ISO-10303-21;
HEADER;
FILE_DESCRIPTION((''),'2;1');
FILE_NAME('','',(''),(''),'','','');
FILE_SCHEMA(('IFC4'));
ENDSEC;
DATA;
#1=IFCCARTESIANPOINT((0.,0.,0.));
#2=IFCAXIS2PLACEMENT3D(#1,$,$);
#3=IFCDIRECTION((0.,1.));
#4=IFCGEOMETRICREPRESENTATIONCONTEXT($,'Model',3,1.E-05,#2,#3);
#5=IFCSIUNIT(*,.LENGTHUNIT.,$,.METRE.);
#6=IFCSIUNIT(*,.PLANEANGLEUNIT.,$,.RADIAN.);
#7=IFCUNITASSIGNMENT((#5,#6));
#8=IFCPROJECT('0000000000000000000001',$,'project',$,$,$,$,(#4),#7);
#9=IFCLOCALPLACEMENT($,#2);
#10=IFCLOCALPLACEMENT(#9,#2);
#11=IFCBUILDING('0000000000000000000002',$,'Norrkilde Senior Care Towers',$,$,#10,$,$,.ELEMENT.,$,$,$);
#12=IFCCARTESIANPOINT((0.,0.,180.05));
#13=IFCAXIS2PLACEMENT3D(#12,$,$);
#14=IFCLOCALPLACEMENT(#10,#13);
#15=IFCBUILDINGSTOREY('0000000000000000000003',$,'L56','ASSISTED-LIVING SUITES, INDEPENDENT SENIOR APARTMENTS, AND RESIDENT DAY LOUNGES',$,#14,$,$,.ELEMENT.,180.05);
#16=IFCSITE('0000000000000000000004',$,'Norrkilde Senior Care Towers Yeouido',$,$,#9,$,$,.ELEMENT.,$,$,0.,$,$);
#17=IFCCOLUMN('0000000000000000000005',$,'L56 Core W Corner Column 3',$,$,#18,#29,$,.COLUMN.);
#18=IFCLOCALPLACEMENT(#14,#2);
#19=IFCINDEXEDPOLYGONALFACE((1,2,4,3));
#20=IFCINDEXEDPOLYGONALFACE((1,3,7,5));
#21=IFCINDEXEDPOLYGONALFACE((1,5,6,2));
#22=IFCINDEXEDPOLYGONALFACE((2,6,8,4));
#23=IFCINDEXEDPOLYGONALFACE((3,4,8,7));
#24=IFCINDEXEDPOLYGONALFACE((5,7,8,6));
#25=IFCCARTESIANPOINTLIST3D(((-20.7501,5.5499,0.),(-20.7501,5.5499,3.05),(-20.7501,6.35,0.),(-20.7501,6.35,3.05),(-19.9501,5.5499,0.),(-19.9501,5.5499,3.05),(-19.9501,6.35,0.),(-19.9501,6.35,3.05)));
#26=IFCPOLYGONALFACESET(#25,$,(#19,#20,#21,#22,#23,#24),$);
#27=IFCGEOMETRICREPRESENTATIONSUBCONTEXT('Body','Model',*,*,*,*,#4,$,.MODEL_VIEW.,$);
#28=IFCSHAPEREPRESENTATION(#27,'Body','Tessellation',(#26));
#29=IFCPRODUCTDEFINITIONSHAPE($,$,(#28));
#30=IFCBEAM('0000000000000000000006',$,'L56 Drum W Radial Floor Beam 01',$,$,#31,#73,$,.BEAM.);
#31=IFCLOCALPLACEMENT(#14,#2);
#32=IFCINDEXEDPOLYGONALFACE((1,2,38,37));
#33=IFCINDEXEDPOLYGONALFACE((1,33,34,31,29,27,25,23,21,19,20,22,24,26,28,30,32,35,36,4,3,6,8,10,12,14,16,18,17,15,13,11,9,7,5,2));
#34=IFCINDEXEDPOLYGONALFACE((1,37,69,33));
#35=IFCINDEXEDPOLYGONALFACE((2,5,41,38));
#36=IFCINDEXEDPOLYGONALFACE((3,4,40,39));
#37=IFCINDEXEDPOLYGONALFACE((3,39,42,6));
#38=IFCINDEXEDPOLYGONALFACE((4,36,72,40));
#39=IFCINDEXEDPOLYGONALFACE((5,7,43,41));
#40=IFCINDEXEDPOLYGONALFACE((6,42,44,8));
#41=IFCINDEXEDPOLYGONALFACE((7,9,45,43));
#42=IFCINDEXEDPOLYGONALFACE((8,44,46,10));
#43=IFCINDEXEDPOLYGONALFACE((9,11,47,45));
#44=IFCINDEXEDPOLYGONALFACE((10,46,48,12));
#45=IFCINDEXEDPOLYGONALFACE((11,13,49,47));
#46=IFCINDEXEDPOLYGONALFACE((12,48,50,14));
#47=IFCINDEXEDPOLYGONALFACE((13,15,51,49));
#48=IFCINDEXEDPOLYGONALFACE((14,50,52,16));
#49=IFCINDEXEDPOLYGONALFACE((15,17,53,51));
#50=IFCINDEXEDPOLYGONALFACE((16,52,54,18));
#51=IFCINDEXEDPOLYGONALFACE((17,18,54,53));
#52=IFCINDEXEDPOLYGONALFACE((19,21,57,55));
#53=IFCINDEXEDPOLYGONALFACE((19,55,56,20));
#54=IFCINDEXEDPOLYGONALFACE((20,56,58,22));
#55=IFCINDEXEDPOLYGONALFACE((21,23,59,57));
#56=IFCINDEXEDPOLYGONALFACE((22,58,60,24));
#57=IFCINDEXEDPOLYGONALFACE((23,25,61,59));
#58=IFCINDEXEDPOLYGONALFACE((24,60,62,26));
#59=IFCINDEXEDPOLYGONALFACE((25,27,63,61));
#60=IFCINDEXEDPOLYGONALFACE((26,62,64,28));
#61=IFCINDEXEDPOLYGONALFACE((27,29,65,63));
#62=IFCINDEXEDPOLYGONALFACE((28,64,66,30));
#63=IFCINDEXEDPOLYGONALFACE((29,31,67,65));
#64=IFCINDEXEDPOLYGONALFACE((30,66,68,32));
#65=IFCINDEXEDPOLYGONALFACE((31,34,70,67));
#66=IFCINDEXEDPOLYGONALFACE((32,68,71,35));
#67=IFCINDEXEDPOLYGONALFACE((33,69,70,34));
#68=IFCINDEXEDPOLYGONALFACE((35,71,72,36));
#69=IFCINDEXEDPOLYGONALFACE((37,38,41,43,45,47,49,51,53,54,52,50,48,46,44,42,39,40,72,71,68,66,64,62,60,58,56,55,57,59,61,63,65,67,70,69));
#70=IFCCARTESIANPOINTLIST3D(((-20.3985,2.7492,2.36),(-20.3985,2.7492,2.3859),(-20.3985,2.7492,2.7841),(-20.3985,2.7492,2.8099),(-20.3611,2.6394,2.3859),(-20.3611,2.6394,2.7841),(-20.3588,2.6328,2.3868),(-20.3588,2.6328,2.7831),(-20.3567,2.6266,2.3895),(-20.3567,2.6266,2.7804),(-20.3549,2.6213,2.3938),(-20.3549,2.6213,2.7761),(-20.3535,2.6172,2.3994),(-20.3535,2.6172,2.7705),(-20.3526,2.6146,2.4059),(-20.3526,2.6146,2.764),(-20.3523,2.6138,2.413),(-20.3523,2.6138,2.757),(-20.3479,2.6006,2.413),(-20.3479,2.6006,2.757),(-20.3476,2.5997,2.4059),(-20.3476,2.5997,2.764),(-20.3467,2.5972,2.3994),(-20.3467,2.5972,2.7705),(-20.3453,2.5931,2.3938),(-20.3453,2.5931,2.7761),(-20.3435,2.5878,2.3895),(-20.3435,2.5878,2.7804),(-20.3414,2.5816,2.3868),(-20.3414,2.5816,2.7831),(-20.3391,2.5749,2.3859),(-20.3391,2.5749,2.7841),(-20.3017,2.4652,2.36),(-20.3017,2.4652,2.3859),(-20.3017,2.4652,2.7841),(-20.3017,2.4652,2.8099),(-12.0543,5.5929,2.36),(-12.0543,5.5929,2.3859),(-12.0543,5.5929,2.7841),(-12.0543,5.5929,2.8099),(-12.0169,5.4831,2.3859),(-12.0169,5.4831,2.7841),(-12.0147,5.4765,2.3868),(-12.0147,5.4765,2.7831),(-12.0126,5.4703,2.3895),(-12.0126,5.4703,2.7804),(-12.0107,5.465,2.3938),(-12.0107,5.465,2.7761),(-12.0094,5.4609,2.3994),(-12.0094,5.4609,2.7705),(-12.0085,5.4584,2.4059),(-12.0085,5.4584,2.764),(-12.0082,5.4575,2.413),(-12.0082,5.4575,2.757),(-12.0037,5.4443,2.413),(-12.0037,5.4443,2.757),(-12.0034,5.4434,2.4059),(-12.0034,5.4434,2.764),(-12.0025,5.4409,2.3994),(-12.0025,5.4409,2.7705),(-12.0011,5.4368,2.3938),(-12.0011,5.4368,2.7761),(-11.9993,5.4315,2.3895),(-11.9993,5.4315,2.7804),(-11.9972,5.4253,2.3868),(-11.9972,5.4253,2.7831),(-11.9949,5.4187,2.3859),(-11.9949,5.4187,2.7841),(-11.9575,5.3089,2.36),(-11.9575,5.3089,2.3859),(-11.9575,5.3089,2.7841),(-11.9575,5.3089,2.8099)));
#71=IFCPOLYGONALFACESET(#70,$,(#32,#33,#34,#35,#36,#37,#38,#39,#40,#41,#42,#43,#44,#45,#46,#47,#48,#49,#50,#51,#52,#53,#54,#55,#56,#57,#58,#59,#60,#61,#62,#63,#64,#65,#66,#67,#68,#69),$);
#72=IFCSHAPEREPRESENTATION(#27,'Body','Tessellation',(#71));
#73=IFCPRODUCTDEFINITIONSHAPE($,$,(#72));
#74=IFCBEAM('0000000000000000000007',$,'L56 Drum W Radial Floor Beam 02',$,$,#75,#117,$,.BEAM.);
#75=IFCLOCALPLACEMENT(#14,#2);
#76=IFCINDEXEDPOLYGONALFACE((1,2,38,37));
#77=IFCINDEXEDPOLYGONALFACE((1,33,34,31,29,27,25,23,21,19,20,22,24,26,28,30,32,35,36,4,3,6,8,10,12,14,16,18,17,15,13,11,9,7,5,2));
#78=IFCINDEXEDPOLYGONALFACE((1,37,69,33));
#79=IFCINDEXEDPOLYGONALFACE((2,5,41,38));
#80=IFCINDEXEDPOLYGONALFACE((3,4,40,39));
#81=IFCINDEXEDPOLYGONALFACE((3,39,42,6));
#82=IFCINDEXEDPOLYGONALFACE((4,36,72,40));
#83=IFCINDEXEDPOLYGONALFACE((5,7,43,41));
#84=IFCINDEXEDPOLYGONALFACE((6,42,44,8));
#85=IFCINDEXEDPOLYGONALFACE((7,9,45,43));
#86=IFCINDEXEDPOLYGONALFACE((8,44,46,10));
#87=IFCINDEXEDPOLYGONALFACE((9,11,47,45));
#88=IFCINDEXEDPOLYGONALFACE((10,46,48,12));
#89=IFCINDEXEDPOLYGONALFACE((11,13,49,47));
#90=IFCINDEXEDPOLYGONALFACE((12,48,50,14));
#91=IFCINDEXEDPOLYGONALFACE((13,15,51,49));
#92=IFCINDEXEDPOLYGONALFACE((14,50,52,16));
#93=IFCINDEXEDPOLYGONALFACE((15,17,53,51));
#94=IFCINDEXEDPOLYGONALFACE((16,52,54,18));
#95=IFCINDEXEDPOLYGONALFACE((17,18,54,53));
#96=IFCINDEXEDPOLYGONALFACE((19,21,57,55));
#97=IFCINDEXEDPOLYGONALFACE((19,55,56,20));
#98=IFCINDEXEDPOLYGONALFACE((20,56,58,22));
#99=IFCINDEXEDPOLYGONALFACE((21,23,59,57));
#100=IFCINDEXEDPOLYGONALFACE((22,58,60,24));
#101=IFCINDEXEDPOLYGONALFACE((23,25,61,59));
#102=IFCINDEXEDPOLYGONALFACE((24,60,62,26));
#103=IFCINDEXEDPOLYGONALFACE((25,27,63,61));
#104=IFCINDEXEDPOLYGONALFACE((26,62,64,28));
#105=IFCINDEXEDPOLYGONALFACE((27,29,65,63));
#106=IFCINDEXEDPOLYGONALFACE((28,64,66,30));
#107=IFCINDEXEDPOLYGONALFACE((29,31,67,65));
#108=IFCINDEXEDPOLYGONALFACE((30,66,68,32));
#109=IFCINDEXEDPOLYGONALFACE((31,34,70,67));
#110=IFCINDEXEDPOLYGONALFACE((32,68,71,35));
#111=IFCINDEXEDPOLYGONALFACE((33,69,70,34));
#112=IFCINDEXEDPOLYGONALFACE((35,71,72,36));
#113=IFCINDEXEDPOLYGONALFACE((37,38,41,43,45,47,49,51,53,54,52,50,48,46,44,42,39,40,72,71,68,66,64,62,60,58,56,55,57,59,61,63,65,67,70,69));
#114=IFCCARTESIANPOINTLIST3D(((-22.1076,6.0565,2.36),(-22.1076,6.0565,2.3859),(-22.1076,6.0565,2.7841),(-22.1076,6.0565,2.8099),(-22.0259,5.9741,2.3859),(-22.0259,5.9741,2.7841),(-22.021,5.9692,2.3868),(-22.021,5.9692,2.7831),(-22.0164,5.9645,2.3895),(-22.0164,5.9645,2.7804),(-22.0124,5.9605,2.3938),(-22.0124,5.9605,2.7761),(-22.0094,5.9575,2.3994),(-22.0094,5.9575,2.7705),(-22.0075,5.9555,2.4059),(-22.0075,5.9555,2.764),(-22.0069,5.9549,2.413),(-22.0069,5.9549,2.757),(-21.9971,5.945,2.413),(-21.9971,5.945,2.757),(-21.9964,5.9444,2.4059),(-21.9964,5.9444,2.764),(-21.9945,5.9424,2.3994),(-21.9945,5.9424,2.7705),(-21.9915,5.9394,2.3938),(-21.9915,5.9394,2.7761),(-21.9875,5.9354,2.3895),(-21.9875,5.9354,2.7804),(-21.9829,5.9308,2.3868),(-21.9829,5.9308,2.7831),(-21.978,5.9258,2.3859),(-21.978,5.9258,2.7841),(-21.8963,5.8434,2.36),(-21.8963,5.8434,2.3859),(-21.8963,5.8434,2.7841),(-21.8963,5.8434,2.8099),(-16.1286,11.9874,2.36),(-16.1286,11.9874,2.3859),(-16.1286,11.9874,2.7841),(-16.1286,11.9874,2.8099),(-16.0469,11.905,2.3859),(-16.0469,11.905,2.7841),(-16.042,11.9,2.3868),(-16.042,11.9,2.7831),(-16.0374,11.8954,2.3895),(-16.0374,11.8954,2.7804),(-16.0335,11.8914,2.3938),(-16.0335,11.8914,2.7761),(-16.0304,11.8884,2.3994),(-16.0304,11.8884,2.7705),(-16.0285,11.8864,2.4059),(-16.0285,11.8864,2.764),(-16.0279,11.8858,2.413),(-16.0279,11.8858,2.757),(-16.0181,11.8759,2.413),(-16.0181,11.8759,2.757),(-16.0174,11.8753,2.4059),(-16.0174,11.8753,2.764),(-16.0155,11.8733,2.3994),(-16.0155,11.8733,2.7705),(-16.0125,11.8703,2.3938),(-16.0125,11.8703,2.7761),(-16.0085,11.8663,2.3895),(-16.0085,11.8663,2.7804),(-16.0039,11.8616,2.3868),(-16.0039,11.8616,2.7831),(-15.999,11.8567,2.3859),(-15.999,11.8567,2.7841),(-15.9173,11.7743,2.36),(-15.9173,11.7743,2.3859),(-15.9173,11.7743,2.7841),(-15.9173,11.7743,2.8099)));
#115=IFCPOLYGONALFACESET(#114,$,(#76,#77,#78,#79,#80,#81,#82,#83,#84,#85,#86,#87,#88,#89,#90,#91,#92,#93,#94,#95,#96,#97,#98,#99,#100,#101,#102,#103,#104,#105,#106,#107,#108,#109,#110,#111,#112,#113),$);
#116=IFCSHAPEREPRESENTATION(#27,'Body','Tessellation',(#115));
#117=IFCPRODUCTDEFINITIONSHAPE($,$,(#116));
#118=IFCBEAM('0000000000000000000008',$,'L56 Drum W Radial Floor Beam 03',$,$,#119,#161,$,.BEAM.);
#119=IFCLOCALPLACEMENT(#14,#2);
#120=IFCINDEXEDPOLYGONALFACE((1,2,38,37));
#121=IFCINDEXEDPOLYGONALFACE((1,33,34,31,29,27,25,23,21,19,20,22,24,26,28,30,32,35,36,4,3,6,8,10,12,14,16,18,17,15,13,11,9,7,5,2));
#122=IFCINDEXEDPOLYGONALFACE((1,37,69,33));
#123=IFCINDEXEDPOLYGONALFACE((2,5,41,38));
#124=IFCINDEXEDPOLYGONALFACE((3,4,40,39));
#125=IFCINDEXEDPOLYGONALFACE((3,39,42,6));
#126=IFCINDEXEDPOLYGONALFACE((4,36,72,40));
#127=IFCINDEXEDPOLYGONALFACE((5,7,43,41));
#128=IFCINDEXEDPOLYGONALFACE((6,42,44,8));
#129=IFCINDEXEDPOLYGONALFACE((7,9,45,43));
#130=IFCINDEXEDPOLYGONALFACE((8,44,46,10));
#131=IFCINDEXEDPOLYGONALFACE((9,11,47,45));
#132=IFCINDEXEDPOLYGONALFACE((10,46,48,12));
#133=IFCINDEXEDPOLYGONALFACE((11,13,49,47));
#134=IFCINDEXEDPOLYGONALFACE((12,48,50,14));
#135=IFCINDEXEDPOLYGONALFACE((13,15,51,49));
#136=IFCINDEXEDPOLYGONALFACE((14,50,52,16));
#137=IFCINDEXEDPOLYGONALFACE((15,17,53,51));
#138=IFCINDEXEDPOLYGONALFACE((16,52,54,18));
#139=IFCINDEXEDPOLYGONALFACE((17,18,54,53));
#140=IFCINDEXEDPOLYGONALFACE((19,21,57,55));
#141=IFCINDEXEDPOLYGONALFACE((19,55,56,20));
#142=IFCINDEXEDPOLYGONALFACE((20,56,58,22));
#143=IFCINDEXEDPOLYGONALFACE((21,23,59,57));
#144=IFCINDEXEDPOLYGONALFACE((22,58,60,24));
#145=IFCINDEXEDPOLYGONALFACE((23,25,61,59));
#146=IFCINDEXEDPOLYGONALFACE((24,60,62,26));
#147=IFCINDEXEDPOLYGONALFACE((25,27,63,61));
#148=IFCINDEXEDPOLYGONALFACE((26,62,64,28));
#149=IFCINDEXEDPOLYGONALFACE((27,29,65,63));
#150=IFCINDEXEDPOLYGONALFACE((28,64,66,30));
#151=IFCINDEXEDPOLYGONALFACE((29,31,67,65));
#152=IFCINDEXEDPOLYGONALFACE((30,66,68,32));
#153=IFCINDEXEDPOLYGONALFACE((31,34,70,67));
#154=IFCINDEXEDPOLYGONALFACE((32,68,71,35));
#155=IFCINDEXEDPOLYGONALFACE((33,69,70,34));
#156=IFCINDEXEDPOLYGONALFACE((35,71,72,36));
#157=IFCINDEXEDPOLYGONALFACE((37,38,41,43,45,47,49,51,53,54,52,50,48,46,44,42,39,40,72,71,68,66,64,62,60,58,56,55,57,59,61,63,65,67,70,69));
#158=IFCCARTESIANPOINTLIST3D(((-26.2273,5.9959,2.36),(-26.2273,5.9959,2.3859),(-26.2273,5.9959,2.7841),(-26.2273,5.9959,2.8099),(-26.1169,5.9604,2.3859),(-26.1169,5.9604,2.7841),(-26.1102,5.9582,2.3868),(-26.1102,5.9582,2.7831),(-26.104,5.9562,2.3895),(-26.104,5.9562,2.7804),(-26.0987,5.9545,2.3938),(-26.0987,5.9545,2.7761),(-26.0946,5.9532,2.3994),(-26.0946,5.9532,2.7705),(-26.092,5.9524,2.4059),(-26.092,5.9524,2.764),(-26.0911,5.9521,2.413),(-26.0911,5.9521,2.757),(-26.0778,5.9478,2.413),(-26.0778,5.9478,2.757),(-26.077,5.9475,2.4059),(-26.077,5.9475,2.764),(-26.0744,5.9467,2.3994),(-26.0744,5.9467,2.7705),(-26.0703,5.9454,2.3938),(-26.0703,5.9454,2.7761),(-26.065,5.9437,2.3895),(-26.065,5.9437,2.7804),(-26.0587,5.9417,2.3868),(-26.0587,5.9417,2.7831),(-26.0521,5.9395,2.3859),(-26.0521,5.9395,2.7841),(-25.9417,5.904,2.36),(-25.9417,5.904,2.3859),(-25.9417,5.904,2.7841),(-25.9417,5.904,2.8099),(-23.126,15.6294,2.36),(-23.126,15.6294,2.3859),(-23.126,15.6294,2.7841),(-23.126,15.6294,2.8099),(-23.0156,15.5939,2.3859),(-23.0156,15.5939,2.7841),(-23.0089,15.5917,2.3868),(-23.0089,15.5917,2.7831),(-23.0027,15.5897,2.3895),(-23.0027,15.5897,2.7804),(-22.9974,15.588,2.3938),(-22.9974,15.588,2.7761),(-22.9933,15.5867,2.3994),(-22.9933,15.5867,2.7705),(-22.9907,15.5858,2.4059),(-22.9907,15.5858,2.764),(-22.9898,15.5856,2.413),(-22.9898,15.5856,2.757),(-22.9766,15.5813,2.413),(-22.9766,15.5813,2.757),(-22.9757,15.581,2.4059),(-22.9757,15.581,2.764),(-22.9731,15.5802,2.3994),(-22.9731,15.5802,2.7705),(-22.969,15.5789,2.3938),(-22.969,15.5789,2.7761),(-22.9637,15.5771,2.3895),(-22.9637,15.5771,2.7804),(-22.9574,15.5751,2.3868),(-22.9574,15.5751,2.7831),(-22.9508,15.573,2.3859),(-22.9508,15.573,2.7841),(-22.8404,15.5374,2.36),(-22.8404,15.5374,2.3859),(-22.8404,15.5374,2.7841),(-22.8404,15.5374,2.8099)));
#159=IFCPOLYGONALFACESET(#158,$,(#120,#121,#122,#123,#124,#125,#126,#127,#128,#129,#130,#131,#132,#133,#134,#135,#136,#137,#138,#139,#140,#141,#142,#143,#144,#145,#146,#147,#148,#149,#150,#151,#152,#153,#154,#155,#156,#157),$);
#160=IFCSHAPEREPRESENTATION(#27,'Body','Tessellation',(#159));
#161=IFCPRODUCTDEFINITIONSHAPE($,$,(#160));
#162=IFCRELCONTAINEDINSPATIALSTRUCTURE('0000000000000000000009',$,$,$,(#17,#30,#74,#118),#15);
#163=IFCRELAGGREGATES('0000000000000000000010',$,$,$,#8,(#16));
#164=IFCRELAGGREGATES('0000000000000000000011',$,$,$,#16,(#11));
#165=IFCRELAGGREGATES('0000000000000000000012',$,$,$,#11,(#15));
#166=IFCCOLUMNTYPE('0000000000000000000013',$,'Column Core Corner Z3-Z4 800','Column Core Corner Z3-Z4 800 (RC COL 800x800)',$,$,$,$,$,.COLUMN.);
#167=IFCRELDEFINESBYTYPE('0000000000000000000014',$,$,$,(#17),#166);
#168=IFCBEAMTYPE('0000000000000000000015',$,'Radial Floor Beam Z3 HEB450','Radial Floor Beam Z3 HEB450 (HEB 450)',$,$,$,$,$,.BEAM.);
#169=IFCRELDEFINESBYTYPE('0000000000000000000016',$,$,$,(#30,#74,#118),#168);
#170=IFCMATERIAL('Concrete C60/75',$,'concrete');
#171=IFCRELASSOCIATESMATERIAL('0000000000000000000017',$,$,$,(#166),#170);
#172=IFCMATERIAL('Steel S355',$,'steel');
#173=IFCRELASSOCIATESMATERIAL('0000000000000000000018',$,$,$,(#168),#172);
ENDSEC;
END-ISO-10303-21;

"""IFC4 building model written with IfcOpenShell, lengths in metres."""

from ifc_helpers import new_model, si_unit, direction, frame, origin, origin_2d, place, context, subcontext, project, spatial, rectangle, i_section, extrude, source, transform, mapped, material, material_profile, profile_set, type_object, type_shapes, element, save


model = new_model("IFC4")

# Units and contexts
model_context = context("Model", 3, precision=1e-05, world=origin(), true_north=direction((0.0, 1.0)))
body_context = subcontext(model_context, "Body", "Model", "MODEL_VIEW")
ifc_project = project(units=[si_unit("LENGTHUNIT", "METRE"), si_unit("PLANEANGLEUNIT", "RADIAN")], contexts=[model_context])

# Site, building, storey
site_placement = place(None, origin())
site = spatial("IfcSite", under=ifc_project, at=site_placement, Name="Norrkilde Senior Care Towers Yeouido", CompositionType="ELEMENT", RefElevation=0.0)
building_placement = place(site_placement, origin())
building = spatial("IfcBuilding", under=site, at=building_placement, Name="Norrkilde Senior Care Towers", CompositionType="ELEMENT")
storey_placement = place(building_placement, frame((0.0, 0.0, 180.05)))
storey = spatial("IfcBuildingStorey", under=building, at=storey_placement, Name="L56", Description="ASSISTED-LIVING SUITES, INDEPENDENT SENIOR APARTMENTS, AND RESIDENT DAY LOUNGES", CompositionType="ELEMENT", Elevation=180.05)

# Column
ifc_material_1 = material(Name="Concrete C60/75", Category="concrete")
ifc_material_profile_1 = material_profile(ifc_material_1, rectangle(XDim=0.8, YDim=0.8, at=origin_2d()), Name="RC COL 800x800")
ifc_profile_set_1 = profile_set([ifc_material_profile_1], Name="Concrete C60/75")
column_type = type_object("IfcColumnType", Name="Column Core Corner Z3-Z4 800", Description="Column Core Corner Z3-Z4 800 (RC COL 800x800)", PredefinedType="COLUMN", material=ifc_profile_set_1)
shared_shape_1 = source(origin(), body_context, "Body", "SweptSolid", [
    extrude(rectangle(XDim=0.8, YDim=0.8, at=origin_2d()), origin(), (0.0, 0.0, 1.0), 3.05),
])
type_shapes(column_type, [shared_shape_1])
column_placement = place(storey_placement, frame((-20.3501, 5.95, 0.0), z_axis=(0.0, 0.0, 1.0), x_axis=(1.0, 0.0, 0.0)))
element("IfcColumn", 1, at=column_placement, inside=storey, type_object=column_type, Name="L56 Core W Corner Column 3", PredefinedType="COLUMN", context=body_context, shape_type="MappedRepresentation", body=[
    mapped(shared_shape_1, transform((0.0, 0.0, 0.0), x_axis=(1.0, 0.0, 0.0), y_axis=(0.0, 1.0, 0.0), z_axis=(0.0, 0.0, 1.0), scale=1.0)),
])

# Beams
ifc_material_2 = material(Name="Steel S355", Category="steel")
ifc_material_profile_2 = material_profile(ifc_material_2, i_section(OverallWidth=0.3, OverallDepth=0.45, WebThickness=0.0139, FlangeThickness=0.0259, FilletRadius=0.0271, at=origin_2d()), Name="HEB 450")
ifc_profile_set_2 = profile_set([ifc_material_profile_2], Name="Steel S355")
beam_type = type_object("IfcBeamType", Name="Radial Floor Beam Z3 HEB450", Description="Radial Floor Beam Z3 HEB450 (HEB 450)", PredefinedType="BEAM", material=ifc_profile_set_2)
shared_shape_2 = source(origin(), body_context, "Body", "SweptSolid", [
    extrude(i_section(OverallWidth=0.3, OverallDepth=0.45, WebThickness=0.0139, FlangeThickness=0.0259, FilletRadius=0.0271, at=origin_2d()), origin(), (0.0, 0.0, 1.0), 8.8154),
])
beam_1_placement = place(storey_placement, frame((-20.3501, 2.6072, 2.585), z_axis=(0.946541, 0.322585, 0.0), x_axis=(-0.322585, 0.946541, 0.0)))
element("IfcBeam", 2, at=beam_1_placement, inside=storey, type_object=beam_type, Name="L56 Drum W Radial Floor Beam 01", PredefinedType="BEAM", context=body_context, shape_type="MappedRepresentation", body=[
    mapped(shared_shape_2, transform((0.0, 0.0, 0.0), x_axis=(1.0, 0.0, 0.0), y_axis=(0.0, 1.0, 0.0), z_axis=(0.0, 0.0, 1.0), scale=1.0)),
])
shared_shape_3 = source(origin(), body_context, "Body", "SweptSolid", [
    extrude(i_section(OverallWidth=0.3, OverallDepth=0.45, WebThickness=0.0139, FlangeThickness=0.0259, FilletRadius=0.0271, at=origin_2d()), origin(), (0.0, 0.0, 1.0), 8.4216),
])
beam_2_placement = place(storey_placement, frame((-22.002, 5.95, 2.585), z_axis=(0.709956, 0.704246, 0.0), x_axis=(-0.704246, 0.709956, 0.0)))
element("IfcBeam", 3, at=beam_2_placement, inside=storey, type_object=beam_type, Name="L56 Drum W Radial Floor Beam 02", PredefinedType="BEAM", context=body_context, shape_type="MappedRepresentation", body=[
    mapped(shared_shape_3, transform((0.0, 0.0, 0.0), x_axis=(1.0, 0.0, 0.0), y_axis=(0.0, 1.0, 0.0), z_axis=(0.0, 0.0, 1.0), scale=1.0)),
])
shared_shape_4 = source(origin(), body_context, "Body", "SweptSolid", [
    extrude(i_section(OverallWidth=0.3, OverallDepth=0.45, WebThickness=0.0139, FlangeThickness=0.0259, FilletRadius=0.0271, at=origin_2d()), origin(), (0.0, 0.0, 1.0), 10.1204),
])
type_shapes(beam_type, [shared_shape_2, shared_shape_3, shared_shape_4])
beam_3_placement = place(storey_placement, frame((-26.0845, 5.95, 2.585), z_axis=(0.306441, 0.95189, 0.0), x_axis=(-0.95189, 0.306441, 0.0)))
element("IfcBeam", 4, at=beam_3_placement, inside=storey, type_object=beam_type, Name="L56 Drum W Radial Floor Beam 03", PredefinedType="BEAM", context=body_context, shape_type="MappedRepresentation", body=[
    mapped(shared_shape_4, transform((0.0, 0.0, 0.0), x_axis=(1.0, 0.0, 0.0), y_axis=(0.0, 1.0, 0.0), z_axis=(0.0, 0.0, 1.0), scale=1.0)),
])

save(model, "model.ifc")
